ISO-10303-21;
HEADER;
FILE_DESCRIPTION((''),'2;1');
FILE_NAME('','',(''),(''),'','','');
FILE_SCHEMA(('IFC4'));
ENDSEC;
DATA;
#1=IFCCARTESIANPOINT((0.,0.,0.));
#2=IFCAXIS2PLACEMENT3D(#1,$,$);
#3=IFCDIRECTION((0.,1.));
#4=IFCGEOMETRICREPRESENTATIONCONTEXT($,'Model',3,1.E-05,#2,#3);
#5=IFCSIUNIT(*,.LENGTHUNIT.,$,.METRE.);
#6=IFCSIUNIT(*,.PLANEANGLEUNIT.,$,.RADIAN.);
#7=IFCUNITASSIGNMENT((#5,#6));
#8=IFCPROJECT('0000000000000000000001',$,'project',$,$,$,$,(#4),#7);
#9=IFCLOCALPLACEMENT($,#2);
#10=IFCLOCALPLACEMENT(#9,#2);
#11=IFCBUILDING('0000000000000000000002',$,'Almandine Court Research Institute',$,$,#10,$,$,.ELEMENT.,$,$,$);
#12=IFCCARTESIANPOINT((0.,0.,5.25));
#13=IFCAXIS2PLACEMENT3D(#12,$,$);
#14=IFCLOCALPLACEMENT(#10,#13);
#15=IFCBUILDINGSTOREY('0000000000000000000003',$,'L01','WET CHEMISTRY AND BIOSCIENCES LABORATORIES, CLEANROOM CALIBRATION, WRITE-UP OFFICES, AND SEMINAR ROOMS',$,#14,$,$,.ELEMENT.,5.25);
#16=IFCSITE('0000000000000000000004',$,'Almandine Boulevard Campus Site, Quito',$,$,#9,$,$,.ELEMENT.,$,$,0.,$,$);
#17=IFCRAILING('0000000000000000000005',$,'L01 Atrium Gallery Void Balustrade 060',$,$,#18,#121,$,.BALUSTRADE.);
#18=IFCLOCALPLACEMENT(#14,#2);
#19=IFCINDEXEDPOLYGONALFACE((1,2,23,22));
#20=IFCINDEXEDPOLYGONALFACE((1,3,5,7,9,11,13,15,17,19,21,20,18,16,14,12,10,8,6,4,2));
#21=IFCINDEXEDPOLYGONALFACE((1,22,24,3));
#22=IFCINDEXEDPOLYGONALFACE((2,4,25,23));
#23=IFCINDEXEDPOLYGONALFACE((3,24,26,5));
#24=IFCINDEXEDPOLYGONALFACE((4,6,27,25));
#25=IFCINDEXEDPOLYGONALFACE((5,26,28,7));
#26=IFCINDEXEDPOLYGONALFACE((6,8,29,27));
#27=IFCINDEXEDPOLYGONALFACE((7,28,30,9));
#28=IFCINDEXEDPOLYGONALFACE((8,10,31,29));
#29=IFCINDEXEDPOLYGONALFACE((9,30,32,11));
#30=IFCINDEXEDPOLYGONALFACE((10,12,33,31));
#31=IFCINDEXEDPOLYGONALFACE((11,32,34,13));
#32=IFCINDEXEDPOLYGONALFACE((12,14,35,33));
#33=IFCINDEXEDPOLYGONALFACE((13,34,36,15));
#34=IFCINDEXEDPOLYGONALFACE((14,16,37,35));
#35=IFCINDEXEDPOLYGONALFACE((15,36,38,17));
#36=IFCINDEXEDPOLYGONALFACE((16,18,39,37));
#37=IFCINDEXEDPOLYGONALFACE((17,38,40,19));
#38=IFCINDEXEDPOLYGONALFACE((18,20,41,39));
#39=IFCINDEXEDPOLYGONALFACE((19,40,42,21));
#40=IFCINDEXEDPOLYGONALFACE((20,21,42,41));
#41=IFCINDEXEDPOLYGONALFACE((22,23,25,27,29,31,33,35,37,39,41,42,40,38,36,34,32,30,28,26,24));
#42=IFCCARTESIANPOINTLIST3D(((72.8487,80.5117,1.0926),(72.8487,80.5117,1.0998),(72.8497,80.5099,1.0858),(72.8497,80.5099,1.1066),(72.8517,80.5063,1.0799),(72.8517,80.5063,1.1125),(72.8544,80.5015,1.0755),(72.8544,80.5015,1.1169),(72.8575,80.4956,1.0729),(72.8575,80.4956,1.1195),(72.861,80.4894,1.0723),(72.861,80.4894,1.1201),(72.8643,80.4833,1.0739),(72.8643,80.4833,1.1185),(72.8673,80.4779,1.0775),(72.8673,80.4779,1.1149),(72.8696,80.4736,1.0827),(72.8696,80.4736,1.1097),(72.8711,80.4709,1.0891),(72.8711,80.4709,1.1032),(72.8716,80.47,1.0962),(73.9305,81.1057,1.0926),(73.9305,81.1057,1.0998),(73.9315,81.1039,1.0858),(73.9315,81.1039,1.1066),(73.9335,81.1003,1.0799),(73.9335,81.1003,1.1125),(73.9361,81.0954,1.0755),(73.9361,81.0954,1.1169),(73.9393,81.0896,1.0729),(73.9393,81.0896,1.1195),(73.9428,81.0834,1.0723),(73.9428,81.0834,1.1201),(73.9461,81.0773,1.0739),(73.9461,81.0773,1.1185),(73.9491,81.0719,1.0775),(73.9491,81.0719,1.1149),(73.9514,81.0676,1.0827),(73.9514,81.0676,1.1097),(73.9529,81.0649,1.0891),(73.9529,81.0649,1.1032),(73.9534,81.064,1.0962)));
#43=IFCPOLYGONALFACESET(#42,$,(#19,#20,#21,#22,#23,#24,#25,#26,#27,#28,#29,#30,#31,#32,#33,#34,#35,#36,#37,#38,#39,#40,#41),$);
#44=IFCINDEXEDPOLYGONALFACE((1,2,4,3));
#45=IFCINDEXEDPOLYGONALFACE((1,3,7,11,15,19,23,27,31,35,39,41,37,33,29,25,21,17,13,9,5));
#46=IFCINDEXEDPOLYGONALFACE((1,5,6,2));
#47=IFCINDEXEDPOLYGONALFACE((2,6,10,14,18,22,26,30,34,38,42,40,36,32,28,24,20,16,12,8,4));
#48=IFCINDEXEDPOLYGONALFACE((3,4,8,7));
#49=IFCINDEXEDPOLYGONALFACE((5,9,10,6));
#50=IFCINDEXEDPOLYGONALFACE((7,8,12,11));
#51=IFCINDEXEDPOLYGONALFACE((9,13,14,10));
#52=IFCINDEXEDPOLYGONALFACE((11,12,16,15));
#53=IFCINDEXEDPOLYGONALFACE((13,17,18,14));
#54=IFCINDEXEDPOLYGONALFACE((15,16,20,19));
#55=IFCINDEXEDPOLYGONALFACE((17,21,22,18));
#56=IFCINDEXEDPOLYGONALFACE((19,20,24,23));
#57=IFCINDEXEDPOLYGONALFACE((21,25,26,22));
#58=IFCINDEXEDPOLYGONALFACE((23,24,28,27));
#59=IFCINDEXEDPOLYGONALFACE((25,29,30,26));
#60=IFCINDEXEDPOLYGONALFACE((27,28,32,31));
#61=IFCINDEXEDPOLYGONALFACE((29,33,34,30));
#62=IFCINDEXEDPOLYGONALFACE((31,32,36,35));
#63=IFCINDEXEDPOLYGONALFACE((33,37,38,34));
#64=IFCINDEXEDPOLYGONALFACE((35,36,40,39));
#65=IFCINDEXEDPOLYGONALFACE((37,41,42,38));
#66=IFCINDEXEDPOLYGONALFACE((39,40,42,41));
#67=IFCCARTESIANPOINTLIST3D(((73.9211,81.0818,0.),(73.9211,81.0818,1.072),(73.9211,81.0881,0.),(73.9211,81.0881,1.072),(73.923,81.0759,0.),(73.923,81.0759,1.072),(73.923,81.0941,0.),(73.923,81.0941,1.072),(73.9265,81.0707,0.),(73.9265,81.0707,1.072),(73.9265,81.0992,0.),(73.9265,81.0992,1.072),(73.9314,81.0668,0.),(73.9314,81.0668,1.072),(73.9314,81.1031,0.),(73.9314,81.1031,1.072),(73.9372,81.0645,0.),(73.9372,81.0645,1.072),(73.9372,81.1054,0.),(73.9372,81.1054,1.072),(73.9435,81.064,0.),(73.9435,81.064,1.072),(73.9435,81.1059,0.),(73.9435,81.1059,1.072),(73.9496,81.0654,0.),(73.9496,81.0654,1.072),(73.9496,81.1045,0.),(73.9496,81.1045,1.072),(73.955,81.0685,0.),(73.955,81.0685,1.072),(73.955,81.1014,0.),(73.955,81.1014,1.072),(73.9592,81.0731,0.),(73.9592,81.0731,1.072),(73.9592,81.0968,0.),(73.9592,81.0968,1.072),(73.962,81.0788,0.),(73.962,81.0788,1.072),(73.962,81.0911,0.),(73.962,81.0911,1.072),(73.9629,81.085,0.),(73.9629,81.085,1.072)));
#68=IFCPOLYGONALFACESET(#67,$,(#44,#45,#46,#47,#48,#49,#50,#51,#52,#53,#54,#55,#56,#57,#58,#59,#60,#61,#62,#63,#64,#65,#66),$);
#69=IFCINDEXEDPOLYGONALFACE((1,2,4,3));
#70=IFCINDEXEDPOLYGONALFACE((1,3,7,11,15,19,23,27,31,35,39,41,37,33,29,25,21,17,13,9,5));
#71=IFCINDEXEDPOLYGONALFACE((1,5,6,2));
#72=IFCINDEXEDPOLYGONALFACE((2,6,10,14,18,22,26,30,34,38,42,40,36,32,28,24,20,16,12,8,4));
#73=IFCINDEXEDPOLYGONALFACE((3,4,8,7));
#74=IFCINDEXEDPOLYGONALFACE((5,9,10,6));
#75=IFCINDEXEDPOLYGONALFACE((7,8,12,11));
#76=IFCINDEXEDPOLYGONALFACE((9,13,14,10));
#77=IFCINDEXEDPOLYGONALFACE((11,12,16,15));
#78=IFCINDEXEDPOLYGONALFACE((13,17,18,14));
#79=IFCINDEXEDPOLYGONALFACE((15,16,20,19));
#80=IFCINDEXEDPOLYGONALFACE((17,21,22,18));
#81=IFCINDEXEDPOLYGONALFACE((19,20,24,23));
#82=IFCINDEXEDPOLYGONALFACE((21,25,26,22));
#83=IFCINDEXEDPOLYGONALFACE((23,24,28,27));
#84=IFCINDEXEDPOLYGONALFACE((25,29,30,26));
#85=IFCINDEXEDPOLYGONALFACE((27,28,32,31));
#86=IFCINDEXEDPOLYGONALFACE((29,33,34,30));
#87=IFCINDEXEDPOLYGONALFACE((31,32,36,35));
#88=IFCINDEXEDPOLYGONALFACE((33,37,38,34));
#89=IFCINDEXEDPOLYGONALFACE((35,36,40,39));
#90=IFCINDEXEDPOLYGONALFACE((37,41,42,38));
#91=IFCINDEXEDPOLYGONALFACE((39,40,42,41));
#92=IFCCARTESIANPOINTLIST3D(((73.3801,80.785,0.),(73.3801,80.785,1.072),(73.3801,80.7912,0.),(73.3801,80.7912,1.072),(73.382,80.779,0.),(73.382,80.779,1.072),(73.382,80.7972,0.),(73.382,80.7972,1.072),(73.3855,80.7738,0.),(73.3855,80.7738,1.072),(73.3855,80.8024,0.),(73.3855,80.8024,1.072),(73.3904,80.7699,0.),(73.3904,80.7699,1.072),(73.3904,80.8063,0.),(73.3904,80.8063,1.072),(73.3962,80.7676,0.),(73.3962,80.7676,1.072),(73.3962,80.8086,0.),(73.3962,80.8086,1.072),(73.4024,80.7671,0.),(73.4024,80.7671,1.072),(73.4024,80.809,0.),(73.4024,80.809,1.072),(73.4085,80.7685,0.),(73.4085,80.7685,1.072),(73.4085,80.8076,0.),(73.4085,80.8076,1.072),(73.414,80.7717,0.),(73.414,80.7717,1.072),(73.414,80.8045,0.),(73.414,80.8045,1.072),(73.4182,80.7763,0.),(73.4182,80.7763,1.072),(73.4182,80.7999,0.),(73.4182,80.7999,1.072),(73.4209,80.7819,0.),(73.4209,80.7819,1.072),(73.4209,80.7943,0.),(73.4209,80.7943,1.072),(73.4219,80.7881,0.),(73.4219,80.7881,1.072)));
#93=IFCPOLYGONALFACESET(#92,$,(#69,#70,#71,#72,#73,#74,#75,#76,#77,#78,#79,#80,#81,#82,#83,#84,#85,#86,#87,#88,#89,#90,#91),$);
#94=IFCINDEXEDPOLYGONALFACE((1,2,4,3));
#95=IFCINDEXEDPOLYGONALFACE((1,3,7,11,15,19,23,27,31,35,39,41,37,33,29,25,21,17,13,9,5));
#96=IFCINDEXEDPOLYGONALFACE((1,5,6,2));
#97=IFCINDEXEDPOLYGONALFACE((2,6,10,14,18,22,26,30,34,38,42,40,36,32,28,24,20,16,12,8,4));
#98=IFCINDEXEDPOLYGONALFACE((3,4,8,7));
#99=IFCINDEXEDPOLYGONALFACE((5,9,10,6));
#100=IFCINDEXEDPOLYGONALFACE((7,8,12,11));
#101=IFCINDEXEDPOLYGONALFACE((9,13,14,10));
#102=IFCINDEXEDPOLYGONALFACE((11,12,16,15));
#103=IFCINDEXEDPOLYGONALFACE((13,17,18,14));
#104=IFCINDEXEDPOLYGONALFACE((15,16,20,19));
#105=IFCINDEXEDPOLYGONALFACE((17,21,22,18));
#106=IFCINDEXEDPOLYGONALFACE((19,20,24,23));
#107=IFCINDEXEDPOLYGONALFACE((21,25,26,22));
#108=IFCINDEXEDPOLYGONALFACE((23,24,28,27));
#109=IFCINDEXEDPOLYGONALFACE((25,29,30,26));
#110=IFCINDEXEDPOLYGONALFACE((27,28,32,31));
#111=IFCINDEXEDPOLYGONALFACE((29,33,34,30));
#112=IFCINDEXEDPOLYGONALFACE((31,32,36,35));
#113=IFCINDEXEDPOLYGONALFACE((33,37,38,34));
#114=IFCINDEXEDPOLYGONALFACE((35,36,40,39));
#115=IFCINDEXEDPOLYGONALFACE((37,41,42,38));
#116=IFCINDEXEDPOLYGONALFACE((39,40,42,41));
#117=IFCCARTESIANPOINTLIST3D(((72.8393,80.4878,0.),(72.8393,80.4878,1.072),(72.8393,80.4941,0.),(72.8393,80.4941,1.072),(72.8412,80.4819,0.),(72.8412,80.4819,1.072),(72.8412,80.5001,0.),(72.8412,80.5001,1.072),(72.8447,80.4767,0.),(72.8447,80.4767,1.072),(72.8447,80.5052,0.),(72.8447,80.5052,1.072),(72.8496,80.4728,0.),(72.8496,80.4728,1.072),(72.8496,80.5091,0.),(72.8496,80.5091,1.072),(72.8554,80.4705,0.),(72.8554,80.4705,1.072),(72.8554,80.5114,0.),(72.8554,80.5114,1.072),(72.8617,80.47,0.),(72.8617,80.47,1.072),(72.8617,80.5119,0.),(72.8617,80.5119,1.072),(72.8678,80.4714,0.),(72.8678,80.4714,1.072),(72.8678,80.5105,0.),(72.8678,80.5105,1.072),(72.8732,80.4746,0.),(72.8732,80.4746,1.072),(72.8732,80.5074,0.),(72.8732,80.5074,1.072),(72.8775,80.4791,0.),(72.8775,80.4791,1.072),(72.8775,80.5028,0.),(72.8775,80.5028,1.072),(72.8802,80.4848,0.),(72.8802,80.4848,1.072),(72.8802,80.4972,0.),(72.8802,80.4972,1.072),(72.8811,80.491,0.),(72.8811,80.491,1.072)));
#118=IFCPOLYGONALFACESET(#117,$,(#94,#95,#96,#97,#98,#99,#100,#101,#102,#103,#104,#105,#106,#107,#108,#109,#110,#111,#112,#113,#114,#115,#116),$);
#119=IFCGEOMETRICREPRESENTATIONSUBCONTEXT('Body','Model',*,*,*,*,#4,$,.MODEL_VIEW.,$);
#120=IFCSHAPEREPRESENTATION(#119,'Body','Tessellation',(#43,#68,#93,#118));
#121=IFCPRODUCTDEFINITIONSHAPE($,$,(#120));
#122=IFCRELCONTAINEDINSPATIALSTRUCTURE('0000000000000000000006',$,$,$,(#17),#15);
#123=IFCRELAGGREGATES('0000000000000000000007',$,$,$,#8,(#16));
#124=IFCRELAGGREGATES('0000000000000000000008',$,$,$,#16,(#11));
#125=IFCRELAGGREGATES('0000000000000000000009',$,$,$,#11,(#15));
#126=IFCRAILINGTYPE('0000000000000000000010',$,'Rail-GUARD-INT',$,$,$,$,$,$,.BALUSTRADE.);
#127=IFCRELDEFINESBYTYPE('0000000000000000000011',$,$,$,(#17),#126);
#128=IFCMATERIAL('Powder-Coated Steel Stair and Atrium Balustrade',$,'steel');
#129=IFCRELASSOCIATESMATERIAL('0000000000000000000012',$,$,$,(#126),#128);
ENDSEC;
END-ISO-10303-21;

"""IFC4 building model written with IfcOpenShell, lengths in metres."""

from ifc_helpers import new_model, si_unit, direction, frame, origin, origin_2d, place, context, subcontext, project, spatial, circle, extrude, material, type_object, element, save


model = new_model("IFC4")

# Units and contexts
model_context = context("Model", 3, precision=1e-05, world=origin(), true_north=direction((0.0, 1.0)))
body_context = subcontext(model_context, "Body", "Model", "MODEL_VIEW")
ifc_project = project(units=[si_unit("LENGTHUNIT", "METRE"), si_unit("PLANEANGLEUNIT", "RADIAN")], contexts=[model_context])

# Site, building, storey
site_placement = place(None, origin())
site = spatial("IfcSite", under=ifc_project, at=site_placement, Name="Almandine Boulevard Campus Site, Quito", CompositionType="ELEMENT", RefElevation=0.0)
building_placement = place(site_placement, origin())
building = spatial("IfcBuilding", under=site, at=building_placement, Name="Almandine Court Research Institute", CompositionType="ELEMENT")
storey_placement = place(building_placement, frame((0.0, 0.0, 5.25)))
storey = spatial("IfcBuildingStorey", under=building, at=storey_placement, Name="L01", Description="WET CHEMISTRY AND BIOSCIENCES LABORATORIES, CLEANROOM CALIBRATION, WRITE-UP OFFICES, AND SEMINAR ROOMS", CompositionType="ELEMENT", Elevation=5.25)

# Railing
ifc_material_1 = material(Name="Powder-Coated Steel Stair and Atrium Balustrade", Category="steel")
railing_type = type_object("IfcRailingType", Name="Rail-GUARD-INT", PredefinedType="BALUSTRADE", material=ifc_material_1)
railing_1_placement = place(storey_placement, frame((73.9419, 81.085, 0.0)))
element("IfcRailing", 1, at=railing_1_placement, inside=storey, type_object=railing_type, Name="L01 Atrium Gallery Void Balustrade 060", PredefinedType="BALUSTRADE", context=body_context, shape_type="SweptSolid", body=[
    extrude(circle(Radius=0.0239, at=origin_2d()), frame((0.0, 0.0, 1.0962), z_axis=(-0.876554, -0.481304, 0.0), x_axis=(0.481304, -0.876554, 0.0)), (0.0, 0.0, 1.0), 1.2341),
    extrude(circle(Radius=0.021, at=origin_2d()), origin(), (0.0, 0.0, 1.0), 1.072),
    extrude(circle(Radius=0.021, at=origin_2d()), frame((-0.541, -0.2969, 0.0)), (0.0, 0.0, 1.0), 1.072),
    extrude(circle(Radius=0.021, at=origin_2d()), frame((-1.0818, -0.594, 0.0)), (0.0, 0.0, 1.0), 1.072),
])

save(model, "model.ifc")
